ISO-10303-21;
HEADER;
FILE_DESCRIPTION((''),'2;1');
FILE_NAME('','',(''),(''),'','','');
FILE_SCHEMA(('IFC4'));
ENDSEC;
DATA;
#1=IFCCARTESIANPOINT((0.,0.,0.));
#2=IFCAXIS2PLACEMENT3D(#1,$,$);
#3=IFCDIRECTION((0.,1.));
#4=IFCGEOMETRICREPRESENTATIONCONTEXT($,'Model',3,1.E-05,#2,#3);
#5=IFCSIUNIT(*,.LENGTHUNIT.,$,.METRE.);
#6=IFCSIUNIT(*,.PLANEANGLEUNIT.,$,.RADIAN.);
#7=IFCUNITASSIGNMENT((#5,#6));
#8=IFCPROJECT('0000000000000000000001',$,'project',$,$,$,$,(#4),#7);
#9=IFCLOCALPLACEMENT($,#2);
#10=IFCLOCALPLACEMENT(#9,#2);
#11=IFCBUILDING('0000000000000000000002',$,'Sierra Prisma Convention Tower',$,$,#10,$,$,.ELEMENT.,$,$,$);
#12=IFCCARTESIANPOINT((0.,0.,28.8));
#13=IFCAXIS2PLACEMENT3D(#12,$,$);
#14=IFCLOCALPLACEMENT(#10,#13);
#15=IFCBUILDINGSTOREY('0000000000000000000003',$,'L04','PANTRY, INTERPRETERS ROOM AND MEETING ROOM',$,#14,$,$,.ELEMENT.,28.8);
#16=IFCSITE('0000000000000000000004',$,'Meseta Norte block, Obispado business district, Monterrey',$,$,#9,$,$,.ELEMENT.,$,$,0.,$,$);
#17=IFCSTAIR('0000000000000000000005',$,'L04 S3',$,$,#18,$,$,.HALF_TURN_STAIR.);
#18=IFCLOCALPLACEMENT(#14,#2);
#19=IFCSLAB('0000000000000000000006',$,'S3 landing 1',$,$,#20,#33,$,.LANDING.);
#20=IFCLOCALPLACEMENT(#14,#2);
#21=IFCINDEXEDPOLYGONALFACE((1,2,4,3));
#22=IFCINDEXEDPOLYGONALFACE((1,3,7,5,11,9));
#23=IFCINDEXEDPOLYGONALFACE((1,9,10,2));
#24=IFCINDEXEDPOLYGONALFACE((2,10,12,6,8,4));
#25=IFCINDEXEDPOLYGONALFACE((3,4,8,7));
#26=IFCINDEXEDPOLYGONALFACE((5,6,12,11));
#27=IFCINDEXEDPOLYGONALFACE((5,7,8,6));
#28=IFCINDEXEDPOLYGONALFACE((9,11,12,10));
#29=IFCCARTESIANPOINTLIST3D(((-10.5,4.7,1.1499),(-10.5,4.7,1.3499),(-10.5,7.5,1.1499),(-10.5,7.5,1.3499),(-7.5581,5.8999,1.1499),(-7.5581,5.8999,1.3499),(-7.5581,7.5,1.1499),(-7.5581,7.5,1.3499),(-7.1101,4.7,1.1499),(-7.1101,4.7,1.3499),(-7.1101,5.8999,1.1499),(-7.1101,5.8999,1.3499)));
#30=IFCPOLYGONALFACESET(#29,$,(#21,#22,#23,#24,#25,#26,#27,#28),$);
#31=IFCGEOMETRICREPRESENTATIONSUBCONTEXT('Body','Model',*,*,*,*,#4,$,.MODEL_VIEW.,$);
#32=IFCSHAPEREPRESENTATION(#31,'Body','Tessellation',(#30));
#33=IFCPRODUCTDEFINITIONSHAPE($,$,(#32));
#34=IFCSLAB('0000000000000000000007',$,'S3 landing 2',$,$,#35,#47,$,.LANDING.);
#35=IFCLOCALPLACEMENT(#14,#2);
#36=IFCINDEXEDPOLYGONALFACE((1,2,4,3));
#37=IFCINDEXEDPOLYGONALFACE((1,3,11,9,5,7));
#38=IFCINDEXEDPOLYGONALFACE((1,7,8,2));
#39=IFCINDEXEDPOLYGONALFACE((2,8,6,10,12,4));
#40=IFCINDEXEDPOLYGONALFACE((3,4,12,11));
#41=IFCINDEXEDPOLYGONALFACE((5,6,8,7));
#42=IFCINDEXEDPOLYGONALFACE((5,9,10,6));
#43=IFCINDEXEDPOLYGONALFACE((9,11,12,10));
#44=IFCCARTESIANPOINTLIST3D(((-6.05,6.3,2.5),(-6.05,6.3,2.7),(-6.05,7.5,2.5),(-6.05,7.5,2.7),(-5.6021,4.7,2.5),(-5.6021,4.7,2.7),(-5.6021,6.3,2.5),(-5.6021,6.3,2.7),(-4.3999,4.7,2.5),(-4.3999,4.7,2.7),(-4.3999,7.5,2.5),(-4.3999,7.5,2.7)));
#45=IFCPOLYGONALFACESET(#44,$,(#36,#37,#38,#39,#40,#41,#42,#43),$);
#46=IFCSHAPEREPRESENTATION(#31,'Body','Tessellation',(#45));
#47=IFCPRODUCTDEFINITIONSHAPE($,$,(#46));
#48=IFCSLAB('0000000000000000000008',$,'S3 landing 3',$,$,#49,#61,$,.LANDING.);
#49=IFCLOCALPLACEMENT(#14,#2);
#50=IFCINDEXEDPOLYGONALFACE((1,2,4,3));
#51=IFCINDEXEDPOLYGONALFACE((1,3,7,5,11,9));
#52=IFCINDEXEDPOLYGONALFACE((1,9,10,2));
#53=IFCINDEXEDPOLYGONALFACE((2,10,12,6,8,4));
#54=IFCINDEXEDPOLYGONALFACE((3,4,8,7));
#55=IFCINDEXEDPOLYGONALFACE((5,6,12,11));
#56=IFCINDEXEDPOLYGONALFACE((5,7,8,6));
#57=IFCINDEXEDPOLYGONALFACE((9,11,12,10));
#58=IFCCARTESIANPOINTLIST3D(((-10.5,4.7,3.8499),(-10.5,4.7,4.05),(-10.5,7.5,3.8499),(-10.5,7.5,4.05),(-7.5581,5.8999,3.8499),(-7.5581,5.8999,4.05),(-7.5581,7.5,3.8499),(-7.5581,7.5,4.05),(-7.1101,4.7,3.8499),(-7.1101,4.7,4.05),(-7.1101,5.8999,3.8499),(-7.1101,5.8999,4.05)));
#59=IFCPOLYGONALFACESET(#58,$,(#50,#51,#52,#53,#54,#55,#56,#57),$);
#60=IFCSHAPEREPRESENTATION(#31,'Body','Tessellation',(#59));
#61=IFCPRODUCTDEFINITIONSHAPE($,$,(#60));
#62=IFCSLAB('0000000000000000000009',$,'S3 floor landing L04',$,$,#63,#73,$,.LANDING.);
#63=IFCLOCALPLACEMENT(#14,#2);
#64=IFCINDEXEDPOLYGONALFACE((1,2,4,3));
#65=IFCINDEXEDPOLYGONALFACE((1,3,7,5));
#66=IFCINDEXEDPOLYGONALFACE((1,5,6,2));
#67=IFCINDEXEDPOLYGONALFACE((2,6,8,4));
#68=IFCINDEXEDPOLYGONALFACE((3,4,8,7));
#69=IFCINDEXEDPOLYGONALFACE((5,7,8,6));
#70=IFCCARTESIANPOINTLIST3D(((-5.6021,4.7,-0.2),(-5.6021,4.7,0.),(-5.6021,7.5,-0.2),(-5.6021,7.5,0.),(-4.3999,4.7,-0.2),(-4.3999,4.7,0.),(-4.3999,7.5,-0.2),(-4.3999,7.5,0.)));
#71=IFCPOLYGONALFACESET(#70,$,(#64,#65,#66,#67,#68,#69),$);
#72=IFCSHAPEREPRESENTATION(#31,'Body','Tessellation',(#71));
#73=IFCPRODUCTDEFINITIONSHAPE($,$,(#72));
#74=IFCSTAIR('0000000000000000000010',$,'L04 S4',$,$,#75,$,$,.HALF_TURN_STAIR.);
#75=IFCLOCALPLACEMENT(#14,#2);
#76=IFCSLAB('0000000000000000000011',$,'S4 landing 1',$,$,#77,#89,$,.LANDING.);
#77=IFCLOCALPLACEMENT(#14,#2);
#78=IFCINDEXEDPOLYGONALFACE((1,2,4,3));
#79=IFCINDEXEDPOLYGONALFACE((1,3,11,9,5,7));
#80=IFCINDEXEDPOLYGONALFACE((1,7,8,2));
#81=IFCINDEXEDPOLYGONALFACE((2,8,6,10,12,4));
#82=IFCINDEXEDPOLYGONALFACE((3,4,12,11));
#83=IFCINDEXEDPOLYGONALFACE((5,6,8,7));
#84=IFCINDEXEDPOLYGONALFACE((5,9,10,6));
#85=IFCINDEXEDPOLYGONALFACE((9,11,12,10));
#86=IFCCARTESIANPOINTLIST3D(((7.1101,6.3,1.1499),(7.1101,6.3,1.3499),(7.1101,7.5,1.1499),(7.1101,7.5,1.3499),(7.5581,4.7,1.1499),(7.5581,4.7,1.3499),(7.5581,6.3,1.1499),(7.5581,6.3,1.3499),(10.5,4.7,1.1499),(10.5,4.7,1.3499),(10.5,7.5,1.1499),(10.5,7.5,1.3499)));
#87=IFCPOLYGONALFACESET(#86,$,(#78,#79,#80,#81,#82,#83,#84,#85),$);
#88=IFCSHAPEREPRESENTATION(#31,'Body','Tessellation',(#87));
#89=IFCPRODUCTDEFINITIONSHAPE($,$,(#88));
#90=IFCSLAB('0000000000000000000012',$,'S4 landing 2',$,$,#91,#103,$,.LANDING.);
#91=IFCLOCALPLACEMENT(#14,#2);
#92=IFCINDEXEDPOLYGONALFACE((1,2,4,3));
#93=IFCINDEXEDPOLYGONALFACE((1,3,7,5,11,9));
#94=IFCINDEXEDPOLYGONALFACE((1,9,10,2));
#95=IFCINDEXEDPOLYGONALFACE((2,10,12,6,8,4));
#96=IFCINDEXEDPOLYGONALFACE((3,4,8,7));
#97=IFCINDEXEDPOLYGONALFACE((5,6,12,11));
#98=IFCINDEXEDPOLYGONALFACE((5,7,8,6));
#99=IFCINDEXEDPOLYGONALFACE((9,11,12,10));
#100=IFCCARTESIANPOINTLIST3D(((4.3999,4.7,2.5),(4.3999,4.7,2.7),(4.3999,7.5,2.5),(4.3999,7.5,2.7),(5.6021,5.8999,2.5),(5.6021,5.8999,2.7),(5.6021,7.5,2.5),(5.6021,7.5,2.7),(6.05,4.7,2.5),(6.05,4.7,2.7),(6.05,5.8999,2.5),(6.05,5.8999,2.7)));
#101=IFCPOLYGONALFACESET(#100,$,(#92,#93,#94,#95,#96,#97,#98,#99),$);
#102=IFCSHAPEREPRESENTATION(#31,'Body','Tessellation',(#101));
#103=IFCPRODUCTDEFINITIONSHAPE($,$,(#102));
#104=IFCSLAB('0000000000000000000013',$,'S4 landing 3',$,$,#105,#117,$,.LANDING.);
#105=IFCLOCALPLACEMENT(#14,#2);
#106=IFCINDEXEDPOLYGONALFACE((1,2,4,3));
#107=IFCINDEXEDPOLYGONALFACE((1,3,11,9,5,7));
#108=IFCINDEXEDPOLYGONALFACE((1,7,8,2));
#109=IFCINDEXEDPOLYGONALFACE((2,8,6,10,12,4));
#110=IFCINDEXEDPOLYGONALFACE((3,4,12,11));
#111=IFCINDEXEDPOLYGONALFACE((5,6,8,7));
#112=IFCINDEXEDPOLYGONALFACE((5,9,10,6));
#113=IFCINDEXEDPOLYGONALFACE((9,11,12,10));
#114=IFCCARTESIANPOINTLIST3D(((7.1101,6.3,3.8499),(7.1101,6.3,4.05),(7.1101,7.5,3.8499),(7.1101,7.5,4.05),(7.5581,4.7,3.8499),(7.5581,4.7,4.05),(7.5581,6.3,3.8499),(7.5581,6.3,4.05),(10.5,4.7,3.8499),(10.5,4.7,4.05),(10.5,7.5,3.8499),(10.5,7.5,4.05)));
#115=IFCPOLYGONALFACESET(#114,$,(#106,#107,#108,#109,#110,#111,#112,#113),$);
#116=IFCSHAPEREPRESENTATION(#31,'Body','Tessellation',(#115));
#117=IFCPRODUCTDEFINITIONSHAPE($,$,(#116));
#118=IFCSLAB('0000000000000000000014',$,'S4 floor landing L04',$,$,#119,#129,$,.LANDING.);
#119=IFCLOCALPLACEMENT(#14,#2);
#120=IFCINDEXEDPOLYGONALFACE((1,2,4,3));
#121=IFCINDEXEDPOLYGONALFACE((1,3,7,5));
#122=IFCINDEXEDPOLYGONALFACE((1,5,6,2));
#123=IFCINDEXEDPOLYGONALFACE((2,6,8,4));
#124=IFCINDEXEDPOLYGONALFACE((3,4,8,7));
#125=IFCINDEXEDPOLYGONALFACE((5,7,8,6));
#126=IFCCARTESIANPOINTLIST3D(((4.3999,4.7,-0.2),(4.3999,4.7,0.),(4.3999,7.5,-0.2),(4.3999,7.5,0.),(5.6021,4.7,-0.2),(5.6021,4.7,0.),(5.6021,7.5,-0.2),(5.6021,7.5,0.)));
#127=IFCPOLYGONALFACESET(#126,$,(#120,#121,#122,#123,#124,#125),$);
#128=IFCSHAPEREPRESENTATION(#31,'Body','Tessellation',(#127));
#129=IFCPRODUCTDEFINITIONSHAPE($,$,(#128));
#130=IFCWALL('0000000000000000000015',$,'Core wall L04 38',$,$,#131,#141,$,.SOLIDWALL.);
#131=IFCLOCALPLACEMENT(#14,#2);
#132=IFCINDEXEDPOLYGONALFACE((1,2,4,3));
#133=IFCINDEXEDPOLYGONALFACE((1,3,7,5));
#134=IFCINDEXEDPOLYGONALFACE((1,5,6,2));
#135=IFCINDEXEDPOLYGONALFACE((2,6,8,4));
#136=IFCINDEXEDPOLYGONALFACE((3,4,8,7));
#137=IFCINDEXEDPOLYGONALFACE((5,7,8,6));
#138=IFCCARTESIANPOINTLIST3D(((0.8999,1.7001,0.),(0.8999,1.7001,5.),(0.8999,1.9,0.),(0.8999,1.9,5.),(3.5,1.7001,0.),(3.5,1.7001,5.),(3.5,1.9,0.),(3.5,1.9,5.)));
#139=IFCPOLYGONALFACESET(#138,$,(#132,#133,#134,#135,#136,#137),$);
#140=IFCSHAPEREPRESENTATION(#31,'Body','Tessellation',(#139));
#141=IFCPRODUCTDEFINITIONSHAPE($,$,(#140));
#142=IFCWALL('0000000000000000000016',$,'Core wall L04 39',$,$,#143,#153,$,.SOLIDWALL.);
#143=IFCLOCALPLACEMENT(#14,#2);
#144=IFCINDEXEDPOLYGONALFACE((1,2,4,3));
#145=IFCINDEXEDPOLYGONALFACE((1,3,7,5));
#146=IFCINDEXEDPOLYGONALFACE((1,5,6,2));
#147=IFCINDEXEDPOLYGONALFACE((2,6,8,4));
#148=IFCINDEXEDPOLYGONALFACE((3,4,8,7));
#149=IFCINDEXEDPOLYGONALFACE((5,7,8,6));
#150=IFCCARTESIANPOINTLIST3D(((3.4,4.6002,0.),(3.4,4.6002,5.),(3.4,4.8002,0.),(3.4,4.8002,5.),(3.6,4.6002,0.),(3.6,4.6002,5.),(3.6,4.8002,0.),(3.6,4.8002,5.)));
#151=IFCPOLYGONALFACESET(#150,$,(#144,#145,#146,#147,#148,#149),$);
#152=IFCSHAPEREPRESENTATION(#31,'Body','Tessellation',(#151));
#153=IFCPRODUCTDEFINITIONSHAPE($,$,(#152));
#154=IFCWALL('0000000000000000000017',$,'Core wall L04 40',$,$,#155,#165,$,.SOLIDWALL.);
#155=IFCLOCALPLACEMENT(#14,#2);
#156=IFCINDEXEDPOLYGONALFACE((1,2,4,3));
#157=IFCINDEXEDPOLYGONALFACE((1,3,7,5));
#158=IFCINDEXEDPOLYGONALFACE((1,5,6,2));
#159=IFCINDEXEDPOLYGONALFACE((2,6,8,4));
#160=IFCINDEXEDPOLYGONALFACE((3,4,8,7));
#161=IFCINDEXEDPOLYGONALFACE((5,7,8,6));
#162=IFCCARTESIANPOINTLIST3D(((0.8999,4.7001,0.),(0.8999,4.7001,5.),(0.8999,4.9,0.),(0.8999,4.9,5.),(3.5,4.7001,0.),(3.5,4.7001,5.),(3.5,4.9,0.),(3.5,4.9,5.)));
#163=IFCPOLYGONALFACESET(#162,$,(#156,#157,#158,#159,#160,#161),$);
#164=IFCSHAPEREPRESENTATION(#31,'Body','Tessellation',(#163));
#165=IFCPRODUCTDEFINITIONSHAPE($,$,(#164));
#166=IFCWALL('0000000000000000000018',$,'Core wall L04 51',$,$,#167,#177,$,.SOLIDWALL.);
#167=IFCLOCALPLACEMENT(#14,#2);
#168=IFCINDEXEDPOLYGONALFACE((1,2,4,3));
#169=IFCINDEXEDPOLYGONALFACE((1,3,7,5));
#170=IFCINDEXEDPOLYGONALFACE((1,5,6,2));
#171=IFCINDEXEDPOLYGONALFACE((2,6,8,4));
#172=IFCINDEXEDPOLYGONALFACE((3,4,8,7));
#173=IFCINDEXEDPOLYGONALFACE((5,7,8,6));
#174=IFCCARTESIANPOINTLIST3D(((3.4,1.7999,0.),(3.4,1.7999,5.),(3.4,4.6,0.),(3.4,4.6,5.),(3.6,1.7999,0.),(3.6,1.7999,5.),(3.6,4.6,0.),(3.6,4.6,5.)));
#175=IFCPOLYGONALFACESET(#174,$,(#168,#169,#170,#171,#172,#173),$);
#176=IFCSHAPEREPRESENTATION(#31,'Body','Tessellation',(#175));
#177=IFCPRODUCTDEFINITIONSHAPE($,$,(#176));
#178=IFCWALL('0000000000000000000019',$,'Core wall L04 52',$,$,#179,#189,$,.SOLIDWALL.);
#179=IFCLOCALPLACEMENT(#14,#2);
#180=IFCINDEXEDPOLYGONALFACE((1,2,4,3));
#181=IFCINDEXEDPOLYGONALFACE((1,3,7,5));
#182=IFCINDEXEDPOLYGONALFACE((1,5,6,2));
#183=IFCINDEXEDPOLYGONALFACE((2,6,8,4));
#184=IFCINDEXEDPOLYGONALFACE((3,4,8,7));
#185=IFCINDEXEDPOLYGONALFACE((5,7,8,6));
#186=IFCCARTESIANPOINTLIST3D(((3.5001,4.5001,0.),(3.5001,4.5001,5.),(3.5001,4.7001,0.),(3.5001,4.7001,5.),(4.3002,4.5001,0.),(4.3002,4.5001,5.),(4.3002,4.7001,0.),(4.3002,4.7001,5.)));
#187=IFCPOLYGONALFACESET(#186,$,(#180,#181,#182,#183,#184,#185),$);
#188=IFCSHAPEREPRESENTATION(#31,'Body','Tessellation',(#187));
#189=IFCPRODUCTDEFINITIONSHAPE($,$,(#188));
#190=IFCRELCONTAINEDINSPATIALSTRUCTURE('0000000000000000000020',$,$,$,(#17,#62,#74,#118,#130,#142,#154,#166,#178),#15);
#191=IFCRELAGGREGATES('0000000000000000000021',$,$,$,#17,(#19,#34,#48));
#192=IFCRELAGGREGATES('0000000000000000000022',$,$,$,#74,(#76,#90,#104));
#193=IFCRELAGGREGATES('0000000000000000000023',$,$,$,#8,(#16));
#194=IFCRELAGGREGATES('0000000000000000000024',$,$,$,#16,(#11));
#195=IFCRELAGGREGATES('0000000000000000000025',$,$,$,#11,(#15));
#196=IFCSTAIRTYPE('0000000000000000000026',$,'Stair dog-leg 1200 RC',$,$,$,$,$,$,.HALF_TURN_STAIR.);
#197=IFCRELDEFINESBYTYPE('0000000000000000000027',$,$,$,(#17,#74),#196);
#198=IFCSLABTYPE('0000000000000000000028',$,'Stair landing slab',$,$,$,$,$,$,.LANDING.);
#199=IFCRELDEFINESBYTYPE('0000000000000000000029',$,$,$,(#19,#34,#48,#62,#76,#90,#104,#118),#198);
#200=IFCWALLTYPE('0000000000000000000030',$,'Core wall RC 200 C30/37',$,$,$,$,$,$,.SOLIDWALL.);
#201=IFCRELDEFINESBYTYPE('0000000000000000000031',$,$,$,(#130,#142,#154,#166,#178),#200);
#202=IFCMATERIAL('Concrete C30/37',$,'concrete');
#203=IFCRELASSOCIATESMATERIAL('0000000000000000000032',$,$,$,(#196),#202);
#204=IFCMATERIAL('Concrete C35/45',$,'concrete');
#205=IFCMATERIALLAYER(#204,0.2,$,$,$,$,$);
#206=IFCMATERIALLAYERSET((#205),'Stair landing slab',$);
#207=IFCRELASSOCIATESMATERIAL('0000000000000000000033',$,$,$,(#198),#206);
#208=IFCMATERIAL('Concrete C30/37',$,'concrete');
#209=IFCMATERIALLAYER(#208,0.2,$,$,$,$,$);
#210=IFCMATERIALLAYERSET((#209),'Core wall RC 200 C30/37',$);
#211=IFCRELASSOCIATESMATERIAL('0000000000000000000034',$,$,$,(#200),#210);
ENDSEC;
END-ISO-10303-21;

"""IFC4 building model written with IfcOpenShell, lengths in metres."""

from ifc_helpers import new_model, si_unit, direction, frame, frame_2d, origin, place, context, subcontext, project, spatial, polyline, rectangle, outline, extrude, material, layer, layer_set, type_object, element, aggregate, save


model = new_model("IFC4")

# Units and contexts
model_context = context("Model", 3, precision=1e-05, world=origin(), true_north=direction((0.0, 1.0)))
body_context = subcontext(model_context, "Body", "Model", "MODEL_VIEW")
ifc_project = project(units=[si_unit("LENGTHUNIT", "METRE"), si_unit("PLANEANGLEUNIT", "RADIAN")], contexts=[model_context])

# Site, building, storey
site_placement = place(None, origin())
site = spatial("IfcSite", under=ifc_project, at=site_placement, Name="Meseta Norte block, Obispado business district, Monterrey", CompositionType="ELEMENT", RefElevation=0.0)
building_placement = place(site_placement, origin())
building = spatial("IfcBuilding", under=site, at=building_placement, Name="Sierra Prisma Convention Tower", CompositionType="ELEMENT")
storey_placement = place(building_placement, frame((0.0, 0.0, 28.8)))
storey = spatial("IfcBuildingStorey", under=building, at=storey_placement, Name="L04", Description="PANTRY, INTERPRETERS ROOM AND MEETING ROOM", CompositionType="ELEMENT", Elevation=28.8)

# Stair, slabs
ifc_material_1 = material(Name="Concrete C30/37", Category="concrete")
stair_type = type_object("IfcStairType", Name="Stair dog-leg 1200 RC", PredefinedType="HALF_TURN_STAIR", material=ifc_material_1)
stair_1_placement = place(storey_placement, origin())
stair_1 = element("IfcStair", 1, at=stair_1_placement, inside=storey, type_object=stair_type, Name="L04 S3", PredefinedType="HALF_TURN_STAIR")
ifc_material_2 = material(Name="Concrete C35/45", Category="concrete")
ifc_layer_1 = layer(ifc_material_2, 0.2)
ifc_layer_set_1 = layer_set([ifc_layer_1], Name="Stair landing slab")
slab_type = type_object("IfcSlabType", Name="Stair landing slab", PredefinedType="LANDING", material=ifc_layer_set_1)
slab_1_placement = place(storey_placement, frame((0.0, 0.0, 1.1499)))
slab_1 = element("IfcSlab", 2, at=slab_1_placement, type_object=slab_type, Name="S3 landing 1", PredefinedType="LANDING", context=body_context, shape_type="SweptSolid", body=[
    extrude(outline(polyline([(-7.1101, 5.8999), (-7.1101, 4.7), (-10.5, 4.7), (-10.5, 7.5), (-7.5581, 7.5), (-7.5581, 5.8999), (-7.1101, 5.8999)])), origin(), (0.0, 0.0, 1.0), 0.2),
])
slab_2_placement = place(storey_placement, frame((0.0, 0.0, 2.5)))
slab_2 = element("IfcSlab", 3, at=slab_2_placement, type_object=slab_type, Name="S3 landing 2", PredefinedType="LANDING", context=body_context, shape_type="SweptSolid", body=[
    extrude(outline(polyline([(-4.3999, 7.5), (-4.3999, 4.7), (-5.6021, 4.7), (-5.6021, 6.3), (-6.05, 6.3), (-6.05, 7.5), (-4.3999, 7.5)])), origin(), (0.0, 0.0, 1.0), 0.2),
])
slab_3_placement = place(storey_placement, frame((0.0, 0.0, 3.8499)))
slab_3 = element("IfcSlab", 4, at=slab_3_placement, type_object=slab_type, Name="S3 landing 3", PredefinedType="LANDING", context=body_context, shape_type="SweptSolid", body=[
    extrude(outline(polyline([(-7.1101, 5.8999), (-7.1101, 4.7), (-10.5, 4.7), (-10.5, 7.5), (-7.5581, 7.5), (-7.5581, 5.8999), (-7.1101, 5.8999)])), origin(), (0.0, 0.0, 1.0), 0.2002),
])
aggregate(stair_1, [slab_1, slab_2, slab_3])

# Slab
slab_4_placement = place(storey_placement, frame((0.0, 0.0, -0.2)))
element("IfcSlab", 5, at=slab_4_placement, inside=storey, type_object=slab_type, Name="S3 floor landing L04", PredefinedType="LANDING", context=body_context, shape_type="SweptSolid", body=[
    extrude(outline(polyline([(-4.3999, 7.5), (-5.6021, 7.5), (-5.6021, 4.7), (-4.3999, 4.7), (-4.3999, 7.5)])), origin(), (0.0, 0.0, 1.0), 0.2),
])

# Stair, slabs
stair_2_placement = place(storey_placement, origin())
stair_2 = element("IfcStair", 6, at=stair_2_placement, inside=storey, type_object=stair_type, Name="L04 S4", PredefinedType="HALF_TURN_STAIR")
slab_5_placement = place(storey_placement, frame((0.0, 0.0, 1.1499)))
slab_5 = element("IfcSlab", 7, at=slab_5_placement, type_object=slab_type, Name="S4 landing 1", PredefinedType="LANDING", context=body_context, shape_type="SweptSolid", body=[
    extrude(outline(polyline([(10.5, 7.5), (10.5, 4.7), (7.5581, 4.7), (7.5581, 6.3), (7.1101, 6.3), (7.1101, 7.5), (10.5, 7.5)])), origin(), (0.0, 0.0, 1.0), 0.2),
])
slab_6_placement = place(storey_placement, frame((0.0, 0.0, 2.5)))
slab_6 = element("IfcSlab", 8, at=slab_6_placement, type_object=slab_type, Name="S4 landing 2", PredefinedType="LANDING", context=body_context, shape_type="SweptSolid", body=[
    extrude(outline(polyline([(4.3999, 4.7), (4.3999, 7.5), (5.6021, 7.5), (5.6021, 5.8999), (6.05, 5.8999), (6.05, 4.7), (4.3999, 4.7)])), origin(), (0.0, 0.0, 1.0), 0.2),
])
slab_7_placement = place(storey_placement, frame((0.0, 0.0, 3.8499)))
slab_7 = element("IfcSlab", 9, at=slab_7_placement, type_object=slab_type, Name="S4 landing 3", PredefinedType="LANDING", context=body_context, shape_type="SweptSolid", body=[
    extrude(outline(polyline([(10.5, 7.5), (10.5, 4.7), (7.5581, 4.7), (7.5581, 6.3), (7.1101, 6.3), (7.1101, 7.5), (10.5, 7.5)])), origin(), (0.0, 0.0, 1.0), 0.2002),
])

# Slab
slab_8_placement = place(storey_placement, frame((0.0, 0.0, -0.2)))
element("IfcSlab", 10, at=slab_8_placement, inside=storey, type_object=slab_type, Name="S4 floor landing L04", PredefinedType="LANDING", context=body_context, shape_type="SweptSolid", body=[
    extrude(outline(polyline([(4.3999, 4.7), (5.6021, 4.7), (5.6021, 7.5), (4.3999, 7.5), (4.3999, 4.7)])), origin(), (0.0, 0.0, 1.0), 0.2),
])

# Shared definitions
ifc_material_3 = material(Name="Concrete C30/37", Category="concrete")
ifc_layer_2 = layer(ifc_material_3, 0.2)
ifc_layer_set_2 = layer_set([ifc_layer_2], Name="Core wall RC 200 C30/37")
wall_type = type_object("IfcWallType", Name="Core wall RC 200 C30/37", PredefinedType="SOLIDWALL", material=ifc_layer_set_2)

# Walls
wall_1_placement = place(storey_placement, frame((3.5, 1.8, 0.0), z_axis=(0.0, 0.0, 1.0), x_axis=(-1.0, 0.0, 0.0)))
element("IfcWall", 11, at=wall_1_placement, inside=storey, type_object=wall_type, Name="Core wall L04 38", PredefinedType="SOLIDWALL", context=body_context, shape_type="SweptSolid", body=[
    extrude(rectangle(XDim=2.6001, YDim=0.2, at=frame_2d((1.3, 0.0))), origin(), (0.0, 0.0, 1.0), 5.0),
])
wall_2_placement = place(storey_placement, frame((3.5, 4.6001, 0.0), z_axis=(0.0, 0.0, 1.0), x_axis=(0.0, 1.0, 0.0)))
element("IfcWall", 12, at=wall_2_placement, inside=storey, type_object=wall_type, Name="Core wall L04 39", PredefinedType="SOLIDWALL", context=body_context, shape_type="SweptSolid", body=[
    extrude(rectangle(XDim=0.2, YDim=0.2, at=frame_2d((0.1001, 0.0))), origin(), (0.0, 0.0, 1.0), 5.0),
])
wall_3_placement = place(storey_placement, frame((3.5, 4.8, 0.0), z_axis=(0.0, 0.0, 1.0), x_axis=(-1.0, 0.0, 0.0)))
element("IfcWall", 13, at=wall_3_placement, inside=storey, type_object=wall_type, Name="Core wall L04 40", PredefinedType="SOLIDWALL", context=body_context, shape_type="SweptSolid", body=[
    extrude(rectangle(XDim=2.6001, YDim=0.2, at=frame_2d((1.3, 0.0))), origin(), (0.0, 0.0, 1.0), 5.0),
])

# Walls
wall_4_placement = place(storey_placement, frame((3.5, 1.8, 0.0), z_axis=(0.0, 0.0, 1.0), x_axis=(0.0, 1.0, 0.0)))
element("IfcWall", 14, at=wall_4_placement, inside=storey, type_object=wall_type, Name="Core wall L04 51", PredefinedType="SOLIDWALL", context=body_context, shape_type="SweptSolid", body=[
    extrude(rectangle(XDim=2.8, YDim=0.2, at=frame_2d((1.3999, 0.0))), origin(), (0.0, 0.0, 1.0), 5.0),
])
wall_5_placement = place(storey_placement, frame((4.3, 4.6001, 0.0), z_axis=(0.0, 0.0, 1.0), x_axis=(-1.0, 0.0, 0.0)))
element("IfcWall", 15, at=wall_5_placement, inside=storey, type_object=wall_type, Name="Core wall L04 52", PredefinedType="SOLIDWALL", context=body_context, shape_type="SweptSolid", body=[
    extrude(rectangle(XDim=0.8, YDim=0.2, at=frame_2d((0.3999, 0.0))), origin(), (0.0, 0.0, 1.0), 5.0),
])

aggregate(stair_2, [slab_5, slab_6, slab_7])

save(model, "model.ifc")
